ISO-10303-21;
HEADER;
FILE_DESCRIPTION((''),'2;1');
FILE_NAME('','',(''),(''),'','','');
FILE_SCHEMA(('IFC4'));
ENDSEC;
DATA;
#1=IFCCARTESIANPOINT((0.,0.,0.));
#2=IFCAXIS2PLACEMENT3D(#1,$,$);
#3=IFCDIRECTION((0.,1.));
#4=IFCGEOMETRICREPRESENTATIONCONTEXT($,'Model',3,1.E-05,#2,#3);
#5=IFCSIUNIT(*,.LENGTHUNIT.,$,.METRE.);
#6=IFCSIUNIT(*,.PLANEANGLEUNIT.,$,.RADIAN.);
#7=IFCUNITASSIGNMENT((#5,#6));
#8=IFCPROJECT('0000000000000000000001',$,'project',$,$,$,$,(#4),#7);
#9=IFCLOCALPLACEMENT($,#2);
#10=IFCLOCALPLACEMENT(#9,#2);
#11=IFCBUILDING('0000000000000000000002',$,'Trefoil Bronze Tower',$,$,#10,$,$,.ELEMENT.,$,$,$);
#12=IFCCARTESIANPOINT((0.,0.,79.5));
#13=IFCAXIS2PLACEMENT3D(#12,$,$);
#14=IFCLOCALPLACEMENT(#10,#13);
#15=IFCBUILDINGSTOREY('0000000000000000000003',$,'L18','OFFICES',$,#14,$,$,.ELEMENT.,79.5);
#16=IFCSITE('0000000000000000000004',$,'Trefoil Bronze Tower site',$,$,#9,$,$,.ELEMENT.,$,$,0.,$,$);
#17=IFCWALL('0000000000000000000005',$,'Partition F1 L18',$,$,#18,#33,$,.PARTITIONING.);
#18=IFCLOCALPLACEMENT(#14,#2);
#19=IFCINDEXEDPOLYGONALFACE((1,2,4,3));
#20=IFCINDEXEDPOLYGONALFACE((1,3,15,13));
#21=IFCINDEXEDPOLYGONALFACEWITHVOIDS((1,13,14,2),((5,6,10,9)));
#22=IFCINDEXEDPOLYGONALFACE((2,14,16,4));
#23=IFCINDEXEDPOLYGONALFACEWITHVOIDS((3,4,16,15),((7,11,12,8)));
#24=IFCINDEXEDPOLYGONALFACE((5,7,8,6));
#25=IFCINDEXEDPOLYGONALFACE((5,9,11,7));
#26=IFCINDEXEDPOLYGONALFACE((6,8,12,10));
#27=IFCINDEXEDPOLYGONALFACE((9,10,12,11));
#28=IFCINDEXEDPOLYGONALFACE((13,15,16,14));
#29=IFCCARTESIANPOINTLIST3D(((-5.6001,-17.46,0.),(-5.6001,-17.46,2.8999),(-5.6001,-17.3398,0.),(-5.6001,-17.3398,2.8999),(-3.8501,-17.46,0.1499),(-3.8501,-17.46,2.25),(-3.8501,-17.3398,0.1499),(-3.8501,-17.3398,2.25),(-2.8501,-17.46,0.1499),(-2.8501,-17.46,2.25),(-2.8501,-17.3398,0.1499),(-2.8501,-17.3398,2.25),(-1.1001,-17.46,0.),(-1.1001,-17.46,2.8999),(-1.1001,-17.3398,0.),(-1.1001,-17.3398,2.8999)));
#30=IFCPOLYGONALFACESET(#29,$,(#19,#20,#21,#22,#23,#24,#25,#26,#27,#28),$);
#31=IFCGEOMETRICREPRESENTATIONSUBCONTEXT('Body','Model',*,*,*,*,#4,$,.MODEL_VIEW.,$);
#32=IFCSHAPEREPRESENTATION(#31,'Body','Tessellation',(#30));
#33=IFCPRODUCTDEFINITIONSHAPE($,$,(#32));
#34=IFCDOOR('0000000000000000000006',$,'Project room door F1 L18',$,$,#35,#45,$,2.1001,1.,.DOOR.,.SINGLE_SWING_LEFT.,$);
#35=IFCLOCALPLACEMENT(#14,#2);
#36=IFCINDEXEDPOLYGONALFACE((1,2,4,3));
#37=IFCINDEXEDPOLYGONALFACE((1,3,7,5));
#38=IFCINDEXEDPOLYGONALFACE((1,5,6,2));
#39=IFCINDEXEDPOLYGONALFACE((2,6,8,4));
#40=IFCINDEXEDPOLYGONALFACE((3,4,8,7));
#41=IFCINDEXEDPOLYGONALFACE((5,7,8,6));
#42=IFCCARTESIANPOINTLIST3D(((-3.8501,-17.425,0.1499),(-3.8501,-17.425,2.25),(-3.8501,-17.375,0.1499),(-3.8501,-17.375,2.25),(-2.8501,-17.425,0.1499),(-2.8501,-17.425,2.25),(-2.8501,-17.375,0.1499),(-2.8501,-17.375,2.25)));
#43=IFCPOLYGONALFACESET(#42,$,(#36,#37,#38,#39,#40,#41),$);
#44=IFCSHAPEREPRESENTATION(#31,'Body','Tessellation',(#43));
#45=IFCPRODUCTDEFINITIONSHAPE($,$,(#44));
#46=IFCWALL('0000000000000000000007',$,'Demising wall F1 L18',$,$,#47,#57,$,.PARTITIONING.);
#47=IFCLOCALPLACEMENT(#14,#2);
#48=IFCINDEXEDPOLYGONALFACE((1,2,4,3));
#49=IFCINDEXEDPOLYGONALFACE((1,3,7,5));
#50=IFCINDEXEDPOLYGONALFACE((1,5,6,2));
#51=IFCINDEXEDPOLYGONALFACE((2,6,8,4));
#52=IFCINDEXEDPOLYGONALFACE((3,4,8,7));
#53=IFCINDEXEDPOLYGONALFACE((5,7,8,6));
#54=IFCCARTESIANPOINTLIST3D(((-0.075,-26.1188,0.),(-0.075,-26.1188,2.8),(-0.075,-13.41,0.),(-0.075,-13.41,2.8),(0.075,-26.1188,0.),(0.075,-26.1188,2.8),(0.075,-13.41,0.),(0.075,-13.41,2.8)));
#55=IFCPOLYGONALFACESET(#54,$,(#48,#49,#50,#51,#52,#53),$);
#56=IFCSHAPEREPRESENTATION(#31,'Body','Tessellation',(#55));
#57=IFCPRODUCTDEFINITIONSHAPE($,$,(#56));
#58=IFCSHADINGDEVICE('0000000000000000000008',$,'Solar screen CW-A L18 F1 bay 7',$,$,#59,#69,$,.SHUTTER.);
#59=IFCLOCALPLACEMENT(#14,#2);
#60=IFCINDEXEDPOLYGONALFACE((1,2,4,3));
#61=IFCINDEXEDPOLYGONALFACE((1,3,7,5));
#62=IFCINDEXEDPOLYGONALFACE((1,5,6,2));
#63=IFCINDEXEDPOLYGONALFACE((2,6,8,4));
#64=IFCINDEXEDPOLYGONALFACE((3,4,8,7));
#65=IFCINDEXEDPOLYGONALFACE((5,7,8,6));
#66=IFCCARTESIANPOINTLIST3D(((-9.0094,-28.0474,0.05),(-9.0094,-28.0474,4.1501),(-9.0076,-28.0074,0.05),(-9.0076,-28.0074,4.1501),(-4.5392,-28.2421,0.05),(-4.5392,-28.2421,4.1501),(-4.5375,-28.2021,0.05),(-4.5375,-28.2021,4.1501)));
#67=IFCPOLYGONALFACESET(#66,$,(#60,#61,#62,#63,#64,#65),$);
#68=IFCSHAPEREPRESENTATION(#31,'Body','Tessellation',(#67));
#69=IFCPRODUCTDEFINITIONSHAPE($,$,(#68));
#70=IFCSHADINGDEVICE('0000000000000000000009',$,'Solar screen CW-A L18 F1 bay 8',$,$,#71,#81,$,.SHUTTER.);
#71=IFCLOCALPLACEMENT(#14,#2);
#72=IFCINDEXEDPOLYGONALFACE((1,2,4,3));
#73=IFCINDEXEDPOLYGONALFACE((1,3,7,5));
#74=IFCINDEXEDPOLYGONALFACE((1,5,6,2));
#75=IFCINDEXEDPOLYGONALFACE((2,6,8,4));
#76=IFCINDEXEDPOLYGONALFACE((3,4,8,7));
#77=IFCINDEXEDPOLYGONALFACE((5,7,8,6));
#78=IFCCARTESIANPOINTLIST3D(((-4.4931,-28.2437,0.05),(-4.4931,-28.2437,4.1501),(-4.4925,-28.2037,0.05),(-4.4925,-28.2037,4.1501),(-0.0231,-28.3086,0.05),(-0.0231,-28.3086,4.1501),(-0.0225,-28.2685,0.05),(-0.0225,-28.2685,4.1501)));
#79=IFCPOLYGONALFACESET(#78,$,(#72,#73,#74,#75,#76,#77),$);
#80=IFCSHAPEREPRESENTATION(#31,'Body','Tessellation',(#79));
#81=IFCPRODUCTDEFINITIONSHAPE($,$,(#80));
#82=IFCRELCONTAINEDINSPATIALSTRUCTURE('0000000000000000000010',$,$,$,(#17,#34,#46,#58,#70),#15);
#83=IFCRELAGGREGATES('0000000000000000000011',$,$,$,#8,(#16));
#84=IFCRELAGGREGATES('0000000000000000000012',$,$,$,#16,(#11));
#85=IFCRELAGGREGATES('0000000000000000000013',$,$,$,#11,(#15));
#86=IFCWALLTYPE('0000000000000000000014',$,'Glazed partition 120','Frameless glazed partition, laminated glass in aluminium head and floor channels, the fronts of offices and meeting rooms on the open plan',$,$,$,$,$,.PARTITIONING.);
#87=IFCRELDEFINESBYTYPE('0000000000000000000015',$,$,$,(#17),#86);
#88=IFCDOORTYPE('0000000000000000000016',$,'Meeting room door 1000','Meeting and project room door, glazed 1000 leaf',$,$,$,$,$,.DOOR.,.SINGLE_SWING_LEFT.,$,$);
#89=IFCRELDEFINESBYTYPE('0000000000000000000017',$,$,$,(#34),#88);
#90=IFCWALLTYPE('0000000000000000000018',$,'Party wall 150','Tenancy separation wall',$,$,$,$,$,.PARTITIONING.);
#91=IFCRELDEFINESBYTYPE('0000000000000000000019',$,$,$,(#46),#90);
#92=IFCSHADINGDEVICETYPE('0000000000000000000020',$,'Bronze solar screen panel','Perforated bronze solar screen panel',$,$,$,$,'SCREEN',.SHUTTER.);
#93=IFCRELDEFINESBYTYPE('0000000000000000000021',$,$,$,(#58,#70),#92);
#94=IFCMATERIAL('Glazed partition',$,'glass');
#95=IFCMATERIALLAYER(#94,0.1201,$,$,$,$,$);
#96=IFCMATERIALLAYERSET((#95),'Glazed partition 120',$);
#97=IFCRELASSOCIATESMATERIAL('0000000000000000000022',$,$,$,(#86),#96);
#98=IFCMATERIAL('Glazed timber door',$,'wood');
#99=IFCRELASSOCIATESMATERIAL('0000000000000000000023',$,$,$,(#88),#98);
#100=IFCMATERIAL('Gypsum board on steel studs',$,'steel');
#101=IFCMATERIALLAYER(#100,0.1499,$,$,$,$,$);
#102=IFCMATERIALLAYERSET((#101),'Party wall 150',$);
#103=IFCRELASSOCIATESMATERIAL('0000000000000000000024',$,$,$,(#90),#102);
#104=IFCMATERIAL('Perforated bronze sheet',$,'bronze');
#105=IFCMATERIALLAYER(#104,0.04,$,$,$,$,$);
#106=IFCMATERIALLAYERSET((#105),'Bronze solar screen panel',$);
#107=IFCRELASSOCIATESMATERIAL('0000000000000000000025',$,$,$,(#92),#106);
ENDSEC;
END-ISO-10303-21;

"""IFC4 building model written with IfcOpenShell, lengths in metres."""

from ifc_helpers import new_model, si_unit, direction, frame, frame_2d, origin, origin_2d, place, context, subcontext, project, spatial, rectangle, extrude, material, layer, layer_set, type_object, element, fill, save


model = new_model("IFC4")

# Units and contexts
model_context = context("Model", 3, precision=1e-05, world=origin(), true_north=direction((0.0, 1.0)))
body_context = subcontext(model_context, "Body", "Model", "MODEL_VIEW")
ifc_project = project(units=[si_unit("LENGTHUNIT", "METRE"), si_unit("PLANEANGLEUNIT", "RADIAN")], contexts=[model_context])

# Site, building, storey
site_placement = place(None, origin())
site = spatial("IfcSite", under=ifc_project, at=site_placement, Name="Trefoil Bronze Tower site", CompositionType="ELEMENT", RefElevation=0.0)
building_placement = place(site_placement, origin())
building = spatial("IfcBuilding", under=site, at=building_placement, Name="Trefoil Bronze Tower", CompositionType="ELEMENT")
storey_placement = place(building_placement, frame((0.0, 0.0, 79.5)))
storey = spatial("IfcBuildingStorey", under=building, at=storey_placement, Name="L18", Description="OFFICES", CompositionType="ELEMENT", Elevation=79.5)

# Wall, opening, door
ifc_material_1 = material(Name="Glazed partition", Category="glass")
ifc_layer_1 = layer(ifc_material_1, 0.1201)
ifc_layer_set_1 = layer_set([ifc_layer_1], Name="Glazed partition 120")
wall_type_1 = type_object("IfcWallType", Name="Glazed partition 120", Description="Frameless glazed partition, laminated glass in aluminium head and floor channels, the fronts of offices and meeting rooms on the open plan", PredefinedType="PARTITIONING", material=ifc_layer_set_1)
wall_1_placement = place(storey_placement, frame((-5.6001, -17.3999, 0.0), z_axis=(0.0, 0.0, 1.0), x_axis=(1.0, 0.0, 0.0)))
wall_1 = element("IfcWall", 1, at=wall_1_placement, inside=storey, type_object=wall_type_1, Name="Partition F1 L18", PredefinedType="PARTITIONING", context=body_context, shape_type="SweptSolid", body=[
    extrude(rectangle(XDim=4.5, YDim=0.1201, at=frame_2d((2.25, 0.0))), origin(), (0.0, 0.0, 1.0), 2.8999),
])
opening_placement = place(wall_1_placement, frame((1.75, 0.0, 0.1499)))
opening = element("IfcOpeningElement", 2, at=opening_placement, cuts=wall_1, PredefinedType="OPENING", context=body_context, shape_type="SweptSolid", body=[
    extrude(rectangle(XDim=1.0, YDim=2.1001, at=frame_2d((0.5, 1.05))), frame((0.0, 0.0701, 0.0), z_axis=(0.0, -1.0, 0.0), x_axis=(1.0, 0.0, 0.0)), (0.0, 0.0, 1.0), 0.1401),
])
ifc_material_2 = material(Name="Glazed timber door", Category="wood")
door_type = type_object("IfcDoorType", Name="Meeting room door 1000", Description="Meeting and project room door, glazed 1000 leaf", OperationType="SINGLE_SWING_LEFT", PredefinedType="DOOR", material=ifc_material_2)
door_placement = place(opening_placement, origin())
door = element("IfcDoor", 3, at=door_placement, inside=storey, type_object=door_type, Name="Project room door F1 L18", OperationType="SINGLE_SWING_LEFT", OverallHeight=2.1001, OverallWidth=1.0, PredefinedType="DOOR", context=body_context, shape_type="SweptSolid", body=[
    extrude(rectangle(XDim=1.0, YDim=2.1001, at=frame_2d((0.5, 1.05))), frame((0.0, 0.0249, 0.0), z_axis=(0.0, -1.0, 0.0), x_axis=(1.0, 0.0, 0.0)), (0.0, 0.0, 1.0), 0.05),
])
fill(opening, door)

# Wall
ifc_material_3 = material(Name="Gypsum board on steel studs", Category="steel")
ifc_layer_2 = layer(ifc_material_3, 0.1499)
ifc_layer_set_2 = layer_set([ifc_layer_2], Name="Party wall 150")
wall_type_2 = type_object("IfcWallType", Name="Party wall 150", Description="Tenancy separation wall", PredefinedType="PARTITIONING", material=ifc_layer_set_2)
wall_2_placement = place(storey_placement, frame((0.0, -13.4099, 0.0), z_axis=(0.0, 0.0, 1.0), x_axis=(0.0, -1.0, 0.0)))
element("IfcWall", 4, at=wall_2_placement, inside=storey, type_object=wall_type_2, Name="Demising wall F1 L18", PredefinedType="PARTITIONING", context=body_context, shape_type="SweptSolid", body=[
    extrude(rectangle(XDim=12.7087, YDim=0.1499, at=frame_2d((6.3545, 0.0))), origin(), (0.0, 0.0, 1.0), 2.8),
])

# Shading devices
ifc_material_4 = material(Name="Perforated bronze sheet", Category="bronze")
ifc_layer_3 = layer(ifc_material_4, 0.04)
ifc_layer_set_3 = layer_set([ifc_layer_3], Name="Bronze solar screen panel")
shading_device_type = type_object("IfcShadingDeviceType", Name="Bronze solar screen panel", Description="Perforated bronze solar screen panel", ElementType="SCREEN", PredefinedType="SHUTTER", material=ifc_layer_set_3)
shading_device_1_placement = place(storey_placement, frame((-6.7734, -28.1248, 0.05), z_axis=(0.0, 0.0, 1.0), x_axis=(0.999052, -0.043528, 0.0)))
element("IfcShadingDevice", 5, at=shading_device_1_placement, inside=storey, type_object=shading_device_type, Name="Solar screen CW-A L18 F1 bay 7", PredefinedType="SHUTTER", context=body_context, shape_type="SweptSolid", body=[
    extrude(rectangle(XDim=4.4744, YDim=0.04, at=origin_2d()), origin(), (0.0, 0.0, 1.0), 4.1001),
])
shading_device_2_placement = place(storey_placement, frame((-2.2578, -28.2561, 0.05), z_axis=(0.0, 0.0, 1.0), x_axis=(0.999895, -0.014509, 0.0)))
element("IfcShadingDevice", 6, at=shading_device_2_placement, inside=storey, type_object=shading_device_type, Name="Solar screen CW-A L18 F1 bay 8", PredefinedType="SHUTTER", context=body_context, shape_type="SweptSolid", body=[
    extrude(rectangle(XDim=4.4705, YDim=0.04, at=origin_2d()), origin(), (0.0, 0.0, 1.0), 4.1001),
])

save(model, "model.ifc")
